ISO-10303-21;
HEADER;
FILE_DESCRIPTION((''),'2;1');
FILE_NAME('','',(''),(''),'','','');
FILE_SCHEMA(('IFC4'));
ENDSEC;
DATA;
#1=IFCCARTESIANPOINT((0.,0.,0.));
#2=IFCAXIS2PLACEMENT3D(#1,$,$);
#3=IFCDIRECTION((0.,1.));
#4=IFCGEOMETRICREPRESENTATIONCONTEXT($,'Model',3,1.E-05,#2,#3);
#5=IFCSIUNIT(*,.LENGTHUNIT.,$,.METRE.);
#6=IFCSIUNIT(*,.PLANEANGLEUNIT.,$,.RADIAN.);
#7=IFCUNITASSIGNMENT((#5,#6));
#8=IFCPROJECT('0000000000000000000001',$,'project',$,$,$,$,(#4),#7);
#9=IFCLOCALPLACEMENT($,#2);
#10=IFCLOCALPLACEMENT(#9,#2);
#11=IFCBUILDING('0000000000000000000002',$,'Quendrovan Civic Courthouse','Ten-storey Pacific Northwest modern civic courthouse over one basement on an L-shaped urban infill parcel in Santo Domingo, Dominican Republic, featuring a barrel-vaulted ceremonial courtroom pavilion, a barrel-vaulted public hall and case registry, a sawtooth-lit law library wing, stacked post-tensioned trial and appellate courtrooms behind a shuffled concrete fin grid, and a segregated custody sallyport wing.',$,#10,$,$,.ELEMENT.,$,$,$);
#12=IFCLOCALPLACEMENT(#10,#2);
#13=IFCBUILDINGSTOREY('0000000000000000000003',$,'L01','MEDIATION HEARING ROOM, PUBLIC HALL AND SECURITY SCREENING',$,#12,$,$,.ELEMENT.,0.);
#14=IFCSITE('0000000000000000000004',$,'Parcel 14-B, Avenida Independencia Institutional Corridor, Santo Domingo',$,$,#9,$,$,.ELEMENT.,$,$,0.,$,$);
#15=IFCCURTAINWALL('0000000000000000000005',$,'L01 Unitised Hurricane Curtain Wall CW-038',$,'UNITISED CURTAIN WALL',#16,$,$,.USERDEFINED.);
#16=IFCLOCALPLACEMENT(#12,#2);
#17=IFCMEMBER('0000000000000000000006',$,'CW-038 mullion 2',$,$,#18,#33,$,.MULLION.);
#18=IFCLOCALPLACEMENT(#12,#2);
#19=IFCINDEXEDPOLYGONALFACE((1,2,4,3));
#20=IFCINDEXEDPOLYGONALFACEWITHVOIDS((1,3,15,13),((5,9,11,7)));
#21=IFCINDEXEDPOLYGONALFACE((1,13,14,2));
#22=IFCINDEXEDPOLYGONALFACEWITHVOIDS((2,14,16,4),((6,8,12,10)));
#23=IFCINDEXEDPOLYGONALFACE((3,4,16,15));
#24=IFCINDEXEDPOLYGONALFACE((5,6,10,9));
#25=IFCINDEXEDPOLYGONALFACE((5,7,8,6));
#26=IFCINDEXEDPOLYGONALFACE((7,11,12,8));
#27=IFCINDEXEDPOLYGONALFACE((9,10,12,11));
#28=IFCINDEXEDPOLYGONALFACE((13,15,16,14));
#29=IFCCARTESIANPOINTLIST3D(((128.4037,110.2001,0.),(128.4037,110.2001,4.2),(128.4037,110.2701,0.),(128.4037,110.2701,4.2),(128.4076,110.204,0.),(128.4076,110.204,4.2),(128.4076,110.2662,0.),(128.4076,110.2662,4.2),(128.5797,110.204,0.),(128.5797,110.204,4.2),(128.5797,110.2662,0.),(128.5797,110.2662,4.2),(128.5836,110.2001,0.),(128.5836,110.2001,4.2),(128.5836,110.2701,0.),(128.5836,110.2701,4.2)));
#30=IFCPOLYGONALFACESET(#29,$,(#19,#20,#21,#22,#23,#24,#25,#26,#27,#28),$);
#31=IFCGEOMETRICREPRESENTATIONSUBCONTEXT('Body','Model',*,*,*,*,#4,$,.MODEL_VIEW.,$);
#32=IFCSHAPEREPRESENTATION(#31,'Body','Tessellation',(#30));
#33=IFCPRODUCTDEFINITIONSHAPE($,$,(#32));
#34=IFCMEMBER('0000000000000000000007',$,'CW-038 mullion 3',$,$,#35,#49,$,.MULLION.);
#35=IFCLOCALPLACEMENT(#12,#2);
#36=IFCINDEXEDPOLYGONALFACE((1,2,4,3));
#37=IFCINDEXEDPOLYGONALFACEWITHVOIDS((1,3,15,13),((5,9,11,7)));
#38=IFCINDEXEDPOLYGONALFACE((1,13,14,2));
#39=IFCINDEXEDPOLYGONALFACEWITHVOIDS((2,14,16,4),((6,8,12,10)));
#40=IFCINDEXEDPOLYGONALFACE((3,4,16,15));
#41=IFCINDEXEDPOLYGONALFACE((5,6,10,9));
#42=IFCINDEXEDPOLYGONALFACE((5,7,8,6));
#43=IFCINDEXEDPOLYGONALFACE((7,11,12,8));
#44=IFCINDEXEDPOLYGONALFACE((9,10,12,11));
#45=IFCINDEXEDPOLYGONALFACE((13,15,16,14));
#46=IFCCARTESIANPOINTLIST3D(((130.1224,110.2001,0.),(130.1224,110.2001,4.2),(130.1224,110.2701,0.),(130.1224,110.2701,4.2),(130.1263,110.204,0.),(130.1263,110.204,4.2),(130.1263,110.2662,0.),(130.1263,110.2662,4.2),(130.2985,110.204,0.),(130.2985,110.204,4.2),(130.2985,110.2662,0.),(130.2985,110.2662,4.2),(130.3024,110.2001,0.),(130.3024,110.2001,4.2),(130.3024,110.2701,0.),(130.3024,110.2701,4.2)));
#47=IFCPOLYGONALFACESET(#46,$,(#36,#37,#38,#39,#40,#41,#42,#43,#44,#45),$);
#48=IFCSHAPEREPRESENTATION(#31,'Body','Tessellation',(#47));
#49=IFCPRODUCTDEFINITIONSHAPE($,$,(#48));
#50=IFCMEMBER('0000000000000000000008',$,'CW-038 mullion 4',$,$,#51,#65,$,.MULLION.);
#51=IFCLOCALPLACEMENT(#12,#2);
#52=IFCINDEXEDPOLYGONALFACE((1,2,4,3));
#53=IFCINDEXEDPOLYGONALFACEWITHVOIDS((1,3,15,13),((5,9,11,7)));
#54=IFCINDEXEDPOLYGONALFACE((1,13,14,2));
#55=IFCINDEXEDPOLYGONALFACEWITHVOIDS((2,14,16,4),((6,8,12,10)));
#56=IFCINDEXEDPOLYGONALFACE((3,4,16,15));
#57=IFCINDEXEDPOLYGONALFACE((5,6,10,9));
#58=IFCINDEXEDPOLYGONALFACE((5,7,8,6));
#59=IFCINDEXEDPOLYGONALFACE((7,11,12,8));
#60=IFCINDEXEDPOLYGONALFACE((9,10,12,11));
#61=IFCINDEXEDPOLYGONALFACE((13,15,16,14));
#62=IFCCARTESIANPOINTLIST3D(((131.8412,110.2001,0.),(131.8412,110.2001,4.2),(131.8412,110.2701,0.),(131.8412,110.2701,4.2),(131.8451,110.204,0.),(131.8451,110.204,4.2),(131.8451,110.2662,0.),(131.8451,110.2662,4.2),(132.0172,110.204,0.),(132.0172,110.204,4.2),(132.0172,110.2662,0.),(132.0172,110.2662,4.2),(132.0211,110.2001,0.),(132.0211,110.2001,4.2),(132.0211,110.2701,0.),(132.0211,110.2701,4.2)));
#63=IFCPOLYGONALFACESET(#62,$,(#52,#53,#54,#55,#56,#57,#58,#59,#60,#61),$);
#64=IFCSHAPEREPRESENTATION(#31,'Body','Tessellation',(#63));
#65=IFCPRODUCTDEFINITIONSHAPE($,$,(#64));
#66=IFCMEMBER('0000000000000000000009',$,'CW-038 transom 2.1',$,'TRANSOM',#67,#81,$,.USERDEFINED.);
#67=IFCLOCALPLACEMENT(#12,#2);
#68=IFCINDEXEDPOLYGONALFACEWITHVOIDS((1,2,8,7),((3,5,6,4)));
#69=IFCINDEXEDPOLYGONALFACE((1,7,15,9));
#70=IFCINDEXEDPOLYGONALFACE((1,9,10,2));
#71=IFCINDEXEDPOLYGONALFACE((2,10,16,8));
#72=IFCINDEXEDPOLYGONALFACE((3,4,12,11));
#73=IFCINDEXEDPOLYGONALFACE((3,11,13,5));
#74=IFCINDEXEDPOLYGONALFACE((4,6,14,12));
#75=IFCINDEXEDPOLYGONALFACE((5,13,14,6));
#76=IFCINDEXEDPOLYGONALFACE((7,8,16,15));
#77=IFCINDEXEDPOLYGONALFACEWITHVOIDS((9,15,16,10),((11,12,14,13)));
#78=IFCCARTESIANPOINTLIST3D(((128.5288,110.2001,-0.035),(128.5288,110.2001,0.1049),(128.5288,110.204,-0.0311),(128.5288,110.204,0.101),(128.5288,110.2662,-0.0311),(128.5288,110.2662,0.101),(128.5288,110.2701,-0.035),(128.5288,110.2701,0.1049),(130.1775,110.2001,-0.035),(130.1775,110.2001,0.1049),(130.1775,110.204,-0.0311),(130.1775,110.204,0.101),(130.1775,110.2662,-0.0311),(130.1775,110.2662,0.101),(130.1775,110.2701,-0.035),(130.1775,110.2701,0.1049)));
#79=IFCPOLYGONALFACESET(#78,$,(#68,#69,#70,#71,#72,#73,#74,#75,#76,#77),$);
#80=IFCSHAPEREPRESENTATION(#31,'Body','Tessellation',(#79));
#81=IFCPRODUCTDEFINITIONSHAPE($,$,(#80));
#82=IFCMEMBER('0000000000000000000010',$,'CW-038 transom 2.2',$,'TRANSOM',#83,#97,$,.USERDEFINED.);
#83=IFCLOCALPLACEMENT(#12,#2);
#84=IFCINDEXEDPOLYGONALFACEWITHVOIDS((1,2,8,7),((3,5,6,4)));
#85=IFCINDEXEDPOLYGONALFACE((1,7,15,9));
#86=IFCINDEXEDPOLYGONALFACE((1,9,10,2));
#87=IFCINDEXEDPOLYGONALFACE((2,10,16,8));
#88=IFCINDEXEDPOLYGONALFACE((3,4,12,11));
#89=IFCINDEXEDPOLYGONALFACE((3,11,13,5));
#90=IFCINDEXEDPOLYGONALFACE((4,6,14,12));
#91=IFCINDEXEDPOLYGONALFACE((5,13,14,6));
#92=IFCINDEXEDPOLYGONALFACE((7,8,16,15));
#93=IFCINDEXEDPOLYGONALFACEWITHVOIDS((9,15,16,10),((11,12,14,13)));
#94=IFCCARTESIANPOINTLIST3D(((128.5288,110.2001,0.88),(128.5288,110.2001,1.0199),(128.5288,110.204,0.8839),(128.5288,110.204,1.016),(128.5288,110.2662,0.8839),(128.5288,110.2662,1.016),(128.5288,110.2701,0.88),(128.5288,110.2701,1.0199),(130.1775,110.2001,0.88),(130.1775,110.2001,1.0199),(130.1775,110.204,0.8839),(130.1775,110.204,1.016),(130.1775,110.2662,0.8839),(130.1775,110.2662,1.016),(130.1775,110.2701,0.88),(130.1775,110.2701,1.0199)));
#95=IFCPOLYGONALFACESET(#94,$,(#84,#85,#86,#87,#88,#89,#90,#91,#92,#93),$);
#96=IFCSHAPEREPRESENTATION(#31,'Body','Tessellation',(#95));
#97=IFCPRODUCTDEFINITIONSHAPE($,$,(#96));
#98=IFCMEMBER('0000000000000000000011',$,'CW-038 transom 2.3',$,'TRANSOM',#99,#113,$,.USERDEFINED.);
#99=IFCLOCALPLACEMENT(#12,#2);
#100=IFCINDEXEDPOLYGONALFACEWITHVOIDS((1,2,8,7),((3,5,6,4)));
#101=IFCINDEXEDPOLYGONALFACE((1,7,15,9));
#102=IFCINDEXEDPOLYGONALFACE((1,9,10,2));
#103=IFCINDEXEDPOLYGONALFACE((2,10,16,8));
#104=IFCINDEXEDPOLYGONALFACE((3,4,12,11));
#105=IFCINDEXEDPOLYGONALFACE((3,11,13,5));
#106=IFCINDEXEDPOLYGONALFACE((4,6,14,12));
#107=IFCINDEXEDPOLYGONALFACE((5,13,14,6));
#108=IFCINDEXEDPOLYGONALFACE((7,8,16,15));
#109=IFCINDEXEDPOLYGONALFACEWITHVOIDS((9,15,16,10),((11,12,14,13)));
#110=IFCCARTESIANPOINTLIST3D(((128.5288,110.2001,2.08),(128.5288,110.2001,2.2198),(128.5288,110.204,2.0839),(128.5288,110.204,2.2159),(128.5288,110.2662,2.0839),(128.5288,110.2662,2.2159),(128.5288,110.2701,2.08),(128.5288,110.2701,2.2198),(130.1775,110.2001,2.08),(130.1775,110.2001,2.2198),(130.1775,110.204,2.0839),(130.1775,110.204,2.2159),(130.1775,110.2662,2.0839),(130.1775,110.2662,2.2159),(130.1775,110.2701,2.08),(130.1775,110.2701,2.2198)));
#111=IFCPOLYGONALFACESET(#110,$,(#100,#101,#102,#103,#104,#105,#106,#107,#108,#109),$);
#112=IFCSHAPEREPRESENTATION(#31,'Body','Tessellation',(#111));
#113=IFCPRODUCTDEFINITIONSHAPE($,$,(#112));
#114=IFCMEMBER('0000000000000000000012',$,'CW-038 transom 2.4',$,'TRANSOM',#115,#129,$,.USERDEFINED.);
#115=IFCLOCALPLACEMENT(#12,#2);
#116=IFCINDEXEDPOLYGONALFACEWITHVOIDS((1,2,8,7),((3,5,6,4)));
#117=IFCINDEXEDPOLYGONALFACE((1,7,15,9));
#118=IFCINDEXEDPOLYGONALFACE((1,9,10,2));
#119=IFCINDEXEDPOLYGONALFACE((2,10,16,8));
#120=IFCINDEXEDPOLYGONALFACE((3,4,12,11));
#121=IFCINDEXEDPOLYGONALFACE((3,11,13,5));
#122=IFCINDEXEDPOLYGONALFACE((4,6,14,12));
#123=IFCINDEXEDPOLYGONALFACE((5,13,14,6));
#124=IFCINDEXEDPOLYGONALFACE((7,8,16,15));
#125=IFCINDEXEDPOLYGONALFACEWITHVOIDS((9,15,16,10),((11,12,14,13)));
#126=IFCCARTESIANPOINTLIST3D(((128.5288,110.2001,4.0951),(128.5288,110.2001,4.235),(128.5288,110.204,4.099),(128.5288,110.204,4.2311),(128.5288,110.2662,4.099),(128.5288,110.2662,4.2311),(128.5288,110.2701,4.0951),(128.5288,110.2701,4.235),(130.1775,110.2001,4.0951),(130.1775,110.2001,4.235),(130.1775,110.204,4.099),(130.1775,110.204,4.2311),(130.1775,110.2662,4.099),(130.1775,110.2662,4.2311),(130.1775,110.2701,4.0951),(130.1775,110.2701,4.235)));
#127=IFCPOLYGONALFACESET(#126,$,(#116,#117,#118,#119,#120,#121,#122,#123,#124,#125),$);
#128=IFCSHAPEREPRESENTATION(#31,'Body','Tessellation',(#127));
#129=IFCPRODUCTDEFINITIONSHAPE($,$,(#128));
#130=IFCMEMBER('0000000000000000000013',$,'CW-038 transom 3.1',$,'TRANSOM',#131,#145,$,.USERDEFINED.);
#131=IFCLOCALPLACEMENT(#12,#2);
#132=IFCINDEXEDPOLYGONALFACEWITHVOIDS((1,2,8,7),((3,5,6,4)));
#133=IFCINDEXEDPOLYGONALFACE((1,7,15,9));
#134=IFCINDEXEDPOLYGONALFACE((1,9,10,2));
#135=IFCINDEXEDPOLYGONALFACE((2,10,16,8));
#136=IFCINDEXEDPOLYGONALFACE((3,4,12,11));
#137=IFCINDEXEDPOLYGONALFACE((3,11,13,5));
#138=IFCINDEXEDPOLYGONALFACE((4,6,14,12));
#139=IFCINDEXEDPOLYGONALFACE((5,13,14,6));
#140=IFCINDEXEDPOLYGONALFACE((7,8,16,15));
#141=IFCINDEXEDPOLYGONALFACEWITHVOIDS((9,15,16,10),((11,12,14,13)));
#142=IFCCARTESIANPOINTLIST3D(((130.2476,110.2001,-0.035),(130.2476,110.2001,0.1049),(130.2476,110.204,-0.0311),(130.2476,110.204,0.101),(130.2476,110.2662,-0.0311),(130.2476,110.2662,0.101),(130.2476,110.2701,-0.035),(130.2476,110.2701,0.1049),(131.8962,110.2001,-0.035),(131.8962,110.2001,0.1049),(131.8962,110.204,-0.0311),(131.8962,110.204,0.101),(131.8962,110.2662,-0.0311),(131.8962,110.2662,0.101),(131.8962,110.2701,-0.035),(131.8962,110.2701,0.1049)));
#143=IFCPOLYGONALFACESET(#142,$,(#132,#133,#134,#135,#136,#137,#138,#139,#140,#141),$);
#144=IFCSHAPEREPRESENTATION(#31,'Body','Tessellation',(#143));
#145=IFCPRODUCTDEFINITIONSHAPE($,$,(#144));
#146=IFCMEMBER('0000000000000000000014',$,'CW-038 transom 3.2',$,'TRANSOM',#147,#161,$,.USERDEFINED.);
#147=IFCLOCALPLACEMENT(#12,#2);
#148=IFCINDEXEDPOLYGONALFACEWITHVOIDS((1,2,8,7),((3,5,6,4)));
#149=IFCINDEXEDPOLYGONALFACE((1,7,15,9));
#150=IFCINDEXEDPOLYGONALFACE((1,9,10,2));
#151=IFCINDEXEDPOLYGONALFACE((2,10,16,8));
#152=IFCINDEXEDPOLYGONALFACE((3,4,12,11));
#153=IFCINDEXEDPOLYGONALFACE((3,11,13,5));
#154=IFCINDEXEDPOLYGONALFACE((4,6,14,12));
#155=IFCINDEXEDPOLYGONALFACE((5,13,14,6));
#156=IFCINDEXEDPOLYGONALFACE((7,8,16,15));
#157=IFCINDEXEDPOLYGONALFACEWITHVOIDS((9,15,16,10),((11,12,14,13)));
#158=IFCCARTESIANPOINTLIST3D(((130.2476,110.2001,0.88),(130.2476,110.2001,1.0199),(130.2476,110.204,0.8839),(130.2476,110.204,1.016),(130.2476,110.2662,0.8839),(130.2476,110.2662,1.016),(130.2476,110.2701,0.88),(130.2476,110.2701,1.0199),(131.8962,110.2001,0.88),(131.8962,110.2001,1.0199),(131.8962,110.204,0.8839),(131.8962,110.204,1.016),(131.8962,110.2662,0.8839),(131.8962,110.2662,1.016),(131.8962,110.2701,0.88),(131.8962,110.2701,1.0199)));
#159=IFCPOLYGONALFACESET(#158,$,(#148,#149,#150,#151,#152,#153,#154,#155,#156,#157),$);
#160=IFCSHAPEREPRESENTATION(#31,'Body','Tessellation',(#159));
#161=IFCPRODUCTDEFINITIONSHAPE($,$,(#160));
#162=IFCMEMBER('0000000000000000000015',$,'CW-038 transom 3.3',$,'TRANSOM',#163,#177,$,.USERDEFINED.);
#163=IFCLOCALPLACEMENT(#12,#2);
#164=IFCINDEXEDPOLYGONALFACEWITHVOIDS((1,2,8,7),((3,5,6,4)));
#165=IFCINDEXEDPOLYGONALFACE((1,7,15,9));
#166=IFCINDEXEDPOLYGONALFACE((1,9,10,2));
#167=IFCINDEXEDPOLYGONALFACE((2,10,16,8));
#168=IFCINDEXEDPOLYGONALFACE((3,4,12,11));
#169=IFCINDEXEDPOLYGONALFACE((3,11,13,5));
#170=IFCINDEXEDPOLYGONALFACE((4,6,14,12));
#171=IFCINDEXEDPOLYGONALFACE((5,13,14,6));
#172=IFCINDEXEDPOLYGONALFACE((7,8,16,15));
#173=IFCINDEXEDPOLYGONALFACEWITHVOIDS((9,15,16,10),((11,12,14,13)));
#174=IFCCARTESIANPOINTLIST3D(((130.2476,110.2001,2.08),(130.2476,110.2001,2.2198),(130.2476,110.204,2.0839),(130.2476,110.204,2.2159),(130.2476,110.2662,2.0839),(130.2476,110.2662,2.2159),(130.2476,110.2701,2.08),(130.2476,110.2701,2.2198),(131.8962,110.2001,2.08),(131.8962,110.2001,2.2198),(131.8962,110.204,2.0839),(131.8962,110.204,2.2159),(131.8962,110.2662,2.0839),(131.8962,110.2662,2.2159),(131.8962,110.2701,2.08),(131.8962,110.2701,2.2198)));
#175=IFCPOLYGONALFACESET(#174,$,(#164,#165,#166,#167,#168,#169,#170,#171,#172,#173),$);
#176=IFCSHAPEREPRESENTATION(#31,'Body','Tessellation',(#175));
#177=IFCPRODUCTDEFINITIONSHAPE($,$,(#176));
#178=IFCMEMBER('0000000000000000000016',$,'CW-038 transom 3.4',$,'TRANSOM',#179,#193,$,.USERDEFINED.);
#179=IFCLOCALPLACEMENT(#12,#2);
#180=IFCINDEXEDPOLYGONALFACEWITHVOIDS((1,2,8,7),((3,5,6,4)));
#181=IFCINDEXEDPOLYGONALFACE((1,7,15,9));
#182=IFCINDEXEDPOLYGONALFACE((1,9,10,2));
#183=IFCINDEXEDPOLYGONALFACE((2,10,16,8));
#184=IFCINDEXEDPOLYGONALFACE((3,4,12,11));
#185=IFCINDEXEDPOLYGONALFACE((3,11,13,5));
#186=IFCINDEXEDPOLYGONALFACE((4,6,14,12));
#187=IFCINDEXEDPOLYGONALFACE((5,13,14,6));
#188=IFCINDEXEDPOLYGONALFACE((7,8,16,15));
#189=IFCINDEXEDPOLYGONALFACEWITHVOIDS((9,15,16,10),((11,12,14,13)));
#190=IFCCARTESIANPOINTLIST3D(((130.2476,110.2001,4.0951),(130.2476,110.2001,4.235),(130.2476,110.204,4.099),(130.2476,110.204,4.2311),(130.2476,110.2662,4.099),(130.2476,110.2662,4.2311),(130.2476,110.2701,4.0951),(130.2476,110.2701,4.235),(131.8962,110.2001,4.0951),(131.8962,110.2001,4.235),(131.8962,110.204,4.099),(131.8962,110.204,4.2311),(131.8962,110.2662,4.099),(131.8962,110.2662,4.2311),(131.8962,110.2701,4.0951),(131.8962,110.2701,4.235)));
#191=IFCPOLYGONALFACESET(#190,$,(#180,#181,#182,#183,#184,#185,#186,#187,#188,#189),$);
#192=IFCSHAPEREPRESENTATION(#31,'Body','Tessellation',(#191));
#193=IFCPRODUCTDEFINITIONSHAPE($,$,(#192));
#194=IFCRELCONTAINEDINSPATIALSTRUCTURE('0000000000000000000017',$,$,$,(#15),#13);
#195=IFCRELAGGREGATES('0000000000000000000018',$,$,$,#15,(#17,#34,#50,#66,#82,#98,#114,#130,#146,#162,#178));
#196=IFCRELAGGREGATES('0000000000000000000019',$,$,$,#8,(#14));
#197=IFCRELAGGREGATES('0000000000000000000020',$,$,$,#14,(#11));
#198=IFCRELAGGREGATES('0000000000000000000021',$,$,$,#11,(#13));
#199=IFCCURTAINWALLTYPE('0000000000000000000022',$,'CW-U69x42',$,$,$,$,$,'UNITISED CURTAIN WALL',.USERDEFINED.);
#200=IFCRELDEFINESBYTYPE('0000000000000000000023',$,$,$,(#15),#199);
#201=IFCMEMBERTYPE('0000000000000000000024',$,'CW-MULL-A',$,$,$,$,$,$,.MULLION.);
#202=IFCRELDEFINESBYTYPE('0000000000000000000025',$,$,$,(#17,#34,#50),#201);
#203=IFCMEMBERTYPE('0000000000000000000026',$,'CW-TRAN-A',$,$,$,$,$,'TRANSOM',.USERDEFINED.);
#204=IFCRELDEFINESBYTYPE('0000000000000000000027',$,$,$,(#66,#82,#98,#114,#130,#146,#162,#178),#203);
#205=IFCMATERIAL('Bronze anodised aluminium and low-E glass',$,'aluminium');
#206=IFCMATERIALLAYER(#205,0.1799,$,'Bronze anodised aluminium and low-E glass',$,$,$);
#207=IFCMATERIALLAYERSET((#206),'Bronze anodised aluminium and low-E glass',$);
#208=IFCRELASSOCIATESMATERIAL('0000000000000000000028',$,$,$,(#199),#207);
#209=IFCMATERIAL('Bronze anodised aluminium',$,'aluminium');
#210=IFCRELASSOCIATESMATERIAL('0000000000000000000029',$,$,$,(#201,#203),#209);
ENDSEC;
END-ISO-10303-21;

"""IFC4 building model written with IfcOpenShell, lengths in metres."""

from ifc_helpers import new_model, si_unit, direction, frame, origin, origin_2d, place, context, subcontext, project, spatial, hollow_rectangle, extrude, material, layer, layer_set, material_profile, profile_set, type_object, element, aggregate, save


model = new_model("IFC4")

# Units and contexts
model_context = context("Model", 3, precision=1e-05, world=origin(), true_north=direction((0.0, 1.0)))
body_context = subcontext(model_context, "Body", "Model", "MODEL_VIEW")
ifc_project = project(units=[si_unit("LENGTHUNIT", "METRE"), si_unit("PLANEANGLEUNIT", "RADIAN")], contexts=[model_context])

# Site, building, storey
site_placement = place(None, origin())
site = spatial("IfcSite", under=ifc_project, at=site_placement, Name="Parcel 14-B, Avenida Independencia Institutional Corridor, Santo Domingo", CompositionType="ELEMENT", RefElevation=0.0)
building_placement = place(site_placement, origin())
building = spatial("IfcBuilding", under=site, at=building_placement, Name="Quendrovan Civic Courthouse", Description="Ten-storey Pacific Northwest modern civic courthouse over one basement on an L-shaped urban infill parcel in Santo Domingo, Dominican Republic, featuring a barrel-vaulted ceremonial courtroom pavilion, a barrel-vaulted public hall and case registry, a sawtooth-lit law library wing, stacked post-tensioned trial and appellate courtrooms behind a shuffled concrete fin grid, and a segregated custody sallyport wing.", CompositionType="ELEMENT")
storey_placement = place(building_placement, origin())
storey = spatial("IfcBuildingStorey", under=building, at=storey_placement, Name="L01", Description="MEDIATION HEARING ROOM, PUBLIC HALL AND SECURITY SCREENING", CompositionType="ELEMENT", Elevation=0.0)

# Curtain wall, members
ifc_material_1 = material(Name="Bronze anodised aluminium and low-E glass", Category="aluminium")
ifc_layer_1 = layer(ifc_material_1, 0.1799, Name="Bronze anodised aluminium and low-E glass")
ifc_layer_set_1 = layer_set([ifc_layer_1], Name="Bronze anodised aluminium and low-E glass")
curtain_wall_type = type_object("IfcCurtainWallType", Name="CW-U69x42", ElementType="UNITISED CURTAIN WALL", PredefinedType="USERDEFINED", material=ifc_layer_set_1)
curtain_wall_placement = place(storey_placement, origin())
curtain_wall = element("IfcCurtainWall", 1, at=curtain_wall_placement, inside=storey, type_object=curtain_wall_type, Name="L01 Unitised Hurricane Curtain Wall CW-038", ObjectType="UNITISED CURTAIN WALL", PredefinedType="USERDEFINED")
ifc_material_2 = material(Name="Bronze anodised aluminium", Category="aluminium")
ifc_material_profile_1 = material_profile(ifc_material_2, hollow_rectangle(XDim=0.0701, YDim=0.1799, WallThickness=0.0039, at=origin_2d()), Name="CW-MULL-70x180")
ifc_profile_set_1 = profile_set([ifc_material_profile_1], Name="Bronze anodised aluminium")
member_type_1 = type_object("IfcMemberType", Name="CW-MULL-A", PredefinedType="MULLION", material=ifc_profile_set_1)
member_1_placement = place(storey_placement, frame((128.4937, 110.2351, 0.0), z_axis=(0.0, 0.0, 1.0), x_axis=(0.0, 1.0, 0.0)))
member_1 = element("IfcMember", 2, at=member_1_placement, type_object=member_type_1, Name="CW-038 mullion 2", PredefinedType="MULLION", context=body_context, shape_type="SweptSolid", body=[
    extrude(hollow_rectangle(XDim=0.0701, YDim=0.1799, WallThickness=0.0039, at=origin_2d()), origin(), (0.0, 0.0, 1.0), 4.2),
])
member_2_placement = place(storey_placement, frame((130.2124, 110.2351, 0.0), z_axis=(0.0, 0.0, 1.0), x_axis=(0.0, 1.0, 0.0)))
member_2 = element("IfcMember", 3, at=member_2_placement, type_object=member_type_1, Name="CW-038 mullion 3", PredefinedType="MULLION", context=body_context, shape_type="SweptSolid", body=[
    extrude(hollow_rectangle(XDim=0.0701, YDim=0.1799, WallThickness=0.0039, at=origin_2d()), origin(), (0.0, 0.0, 1.0), 4.2),
])
member_3_placement = place(storey_placement, frame((131.9312, 110.2351, 0.0), z_axis=(0.0, 0.0, 1.0), x_axis=(0.0, 1.0, 0.0)))
member_3 = element("IfcMember", 4, at=member_3_placement, type_object=member_type_1, Name="CW-038 mullion 4", PredefinedType="MULLION", context=body_context, shape_type="SweptSolid", body=[
    extrude(hollow_rectangle(XDim=0.0701, YDim=0.1799, WallThickness=0.0039, at=origin_2d()), origin(), (0.0, 0.0, 1.0), 4.2),
])
ifc_material_profile_2 = material_profile(ifc_material_2, hollow_rectangle(XDim=0.0701, YDim=0.1399, WallThickness=0.0039, at=origin_2d()), Name="CW-TRAN-70x140")
ifc_profile_set_2 = profile_set([ifc_material_profile_2], Name="Bronze anodised aluminium")
member_type_2 = type_object("IfcMemberType", Name="CW-TRAN-A", ElementType="TRANSOM", PredefinedType="USERDEFINED", material=ifc_profile_set_2)
member_4_placement = place(storey_placement, frame((128.5288, 110.2351, 0.0349), z_axis=(1.0, 0.0, 0.0), x_axis=(0.0, 1.0, 0.0)))
member_4 = element("IfcMember", 5, at=member_4_placement, type_object=member_type_2, Name="CW-038 transom 2.1", ObjectType="TRANSOM", PredefinedType="USERDEFINED", context=body_context, shape_type="SweptSolid", body=[
    extrude(hollow_rectangle(XDim=0.0701, YDim=0.1399, WallThickness=0.0039, at=origin_2d()), origin(), (0.0, 0.0, 1.0), 1.6487),
])
member_5_placement = place(storey_placement, frame((128.5288, 110.2351, 0.95), z_axis=(1.0, 0.0, 0.0), x_axis=(0.0, 1.0, 0.0)))
member_5 = element("IfcMember", 6, at=member_5_placement, type_object=member_type_2, Name="CW-038 transom 2.2", ObjectType="TRANSOM", PredefinedType="USERDEFINED", context=body_context, shape_type="SweptSolid", body=[
    extrude(hollow_rectangle(XDim=0.0701, YDim=0.1399, WallThickness=0.0039, at=origin_2d()), origin(), (0.0, 0.0, 1.0), 1.6487),
])
member_6_placement = place(storey_placement, frame((128.5288, 110.2351, 2.1499), z_axis=(1.0, 0.0, 0.0), x_axis=(0.0, 1.0, 0.0)))
member_6 = element("IfcMember", 7, at=member_6_placement, type_object=member_type_2, Name="CW-038 transom 2.3", ObjectType="TRANSOM", PredefinedType="USERDEFINED", context=body_context, shape_type="SweptSolid", body=[
    extrude(hollow_rectangle(XDim=0.0701, YDim=0.1399, WallThickness=0.0039, at=origin_2d()), origin(), (0.0, 0.0, 1.0), 1.6487),
])
member_7_placement = place(storey_placement, frame((128.5288, 110.2351, 4.165), z_axis=(1.0, 0.0, 0.0), x_axis=(0.0, 1.0, 0.0)))
member_7 = element("IfcMember", 8, at=member_7_placement, type_object=member_type_2, Name="CW-038 transom 2.4", ObjectType="TRANSOM", PredefinedType="USERDEFINED", context=body_context, shape_type="SweptSolid", body=[
    extrude(hollow_rectangle(XDim=0.0701, YDim=0.1399, WallThickness=0.0039, at=origin_2d()), origin(), (0.0, 0.0, 1.0), 1.6487),
])
member_8_placement = place(storey_placement, frame((130.2476, 110.2351, 0.0349), z_axis=(1.0, 0.0, 0.0), x_axis=(0.0, 1.0, 0.0)))
member_8 = element("IfcMember", 9, at=member_8_placement, type_object=member_type_2, Name="CW-038 transom 3.1", ObjectType="TRANSOM", PredefinedType="USERDEFINED", context=body_context, shape_type="SweptSolid", body=[
    extrude(hollow_rectangle(XDim=0.0701, YDim=0.1399, WallThickness=0.0039, at=origin_2d()), origin(), (0.0, 0.0, 1.0), 1.6487),
])
member_9_placement = place(storey_placement, frame((130.2476, 110.2351, 0.95), z_axis=(1.0, 0.0, 0.0), x_axis=(0.0, 1.0, 0.0)))
member_9 = element("IfcMember", 10, at=member_9_placement, type_object=member_type_2, Name="CW-038 transom 3.2", ObjectType="TRANSOM", PredefinedType="USERDEFINED", context=body_context, shape_type="SweptSolid", body=[
    extrude(hollow_rectangle(XDim=0.0701, YDim=0.1399, WallThickness=0.0039, at=origin_2d()), origin(), (0.0, 0.0, 1.0), 1.6487),
])
member_10_placement = place(storey_placement, frame((130.2476, 110.2351, 2.1499), z_axis=(1.0, 0.0, 0.0), x_axis=(0.0, 1.0, 0.0)))
member_10 = element("IfcMember", 11, at=member_10_placement, type_object=member_type_2, Name="CW-038 transom 3.3", ObjectType="TRANSOM", PredefinedType="USERDEFINED", context=body_context, shape_type="SweptSolid", body=[
    extrude(hollow_rectangle(XDim=0.0701, YDim=0.1399, WallThickness=0.0039, at=origin_2d()), origin(), (0.0, 0.0, 1.0), 1.6487),
])
member_11_placement = place(storey_placement, frame((130.2476, 110.2351, 4.165), z_axis=(1.0, 0.0, 0.0), x_axis=(0.0, 1.0, 0.0)))
member_11 = element("IfcMember", 12, at=member_11_placement, type_object=member_type_2, Name="CW-038 transom 3.4", ObjectType="TRANSOM", PredefinedType="USERDEFINED", context=body_context, shape_type="SweptSolid", body=[
    extrude(hollow_rectangle(XDim=0.0701, YDim=0.1399, WallThickness=0.0039, at=origin_2d()), origin(), (0.0, 0.0, 1.0), 1.6487),
])
aggregate(curtain_wall, [member_1, member_2, member_3, member_4, member_5, member_6, member_7, member_8, member_9, member_10, member_11])

save(model, "model.ifc")
